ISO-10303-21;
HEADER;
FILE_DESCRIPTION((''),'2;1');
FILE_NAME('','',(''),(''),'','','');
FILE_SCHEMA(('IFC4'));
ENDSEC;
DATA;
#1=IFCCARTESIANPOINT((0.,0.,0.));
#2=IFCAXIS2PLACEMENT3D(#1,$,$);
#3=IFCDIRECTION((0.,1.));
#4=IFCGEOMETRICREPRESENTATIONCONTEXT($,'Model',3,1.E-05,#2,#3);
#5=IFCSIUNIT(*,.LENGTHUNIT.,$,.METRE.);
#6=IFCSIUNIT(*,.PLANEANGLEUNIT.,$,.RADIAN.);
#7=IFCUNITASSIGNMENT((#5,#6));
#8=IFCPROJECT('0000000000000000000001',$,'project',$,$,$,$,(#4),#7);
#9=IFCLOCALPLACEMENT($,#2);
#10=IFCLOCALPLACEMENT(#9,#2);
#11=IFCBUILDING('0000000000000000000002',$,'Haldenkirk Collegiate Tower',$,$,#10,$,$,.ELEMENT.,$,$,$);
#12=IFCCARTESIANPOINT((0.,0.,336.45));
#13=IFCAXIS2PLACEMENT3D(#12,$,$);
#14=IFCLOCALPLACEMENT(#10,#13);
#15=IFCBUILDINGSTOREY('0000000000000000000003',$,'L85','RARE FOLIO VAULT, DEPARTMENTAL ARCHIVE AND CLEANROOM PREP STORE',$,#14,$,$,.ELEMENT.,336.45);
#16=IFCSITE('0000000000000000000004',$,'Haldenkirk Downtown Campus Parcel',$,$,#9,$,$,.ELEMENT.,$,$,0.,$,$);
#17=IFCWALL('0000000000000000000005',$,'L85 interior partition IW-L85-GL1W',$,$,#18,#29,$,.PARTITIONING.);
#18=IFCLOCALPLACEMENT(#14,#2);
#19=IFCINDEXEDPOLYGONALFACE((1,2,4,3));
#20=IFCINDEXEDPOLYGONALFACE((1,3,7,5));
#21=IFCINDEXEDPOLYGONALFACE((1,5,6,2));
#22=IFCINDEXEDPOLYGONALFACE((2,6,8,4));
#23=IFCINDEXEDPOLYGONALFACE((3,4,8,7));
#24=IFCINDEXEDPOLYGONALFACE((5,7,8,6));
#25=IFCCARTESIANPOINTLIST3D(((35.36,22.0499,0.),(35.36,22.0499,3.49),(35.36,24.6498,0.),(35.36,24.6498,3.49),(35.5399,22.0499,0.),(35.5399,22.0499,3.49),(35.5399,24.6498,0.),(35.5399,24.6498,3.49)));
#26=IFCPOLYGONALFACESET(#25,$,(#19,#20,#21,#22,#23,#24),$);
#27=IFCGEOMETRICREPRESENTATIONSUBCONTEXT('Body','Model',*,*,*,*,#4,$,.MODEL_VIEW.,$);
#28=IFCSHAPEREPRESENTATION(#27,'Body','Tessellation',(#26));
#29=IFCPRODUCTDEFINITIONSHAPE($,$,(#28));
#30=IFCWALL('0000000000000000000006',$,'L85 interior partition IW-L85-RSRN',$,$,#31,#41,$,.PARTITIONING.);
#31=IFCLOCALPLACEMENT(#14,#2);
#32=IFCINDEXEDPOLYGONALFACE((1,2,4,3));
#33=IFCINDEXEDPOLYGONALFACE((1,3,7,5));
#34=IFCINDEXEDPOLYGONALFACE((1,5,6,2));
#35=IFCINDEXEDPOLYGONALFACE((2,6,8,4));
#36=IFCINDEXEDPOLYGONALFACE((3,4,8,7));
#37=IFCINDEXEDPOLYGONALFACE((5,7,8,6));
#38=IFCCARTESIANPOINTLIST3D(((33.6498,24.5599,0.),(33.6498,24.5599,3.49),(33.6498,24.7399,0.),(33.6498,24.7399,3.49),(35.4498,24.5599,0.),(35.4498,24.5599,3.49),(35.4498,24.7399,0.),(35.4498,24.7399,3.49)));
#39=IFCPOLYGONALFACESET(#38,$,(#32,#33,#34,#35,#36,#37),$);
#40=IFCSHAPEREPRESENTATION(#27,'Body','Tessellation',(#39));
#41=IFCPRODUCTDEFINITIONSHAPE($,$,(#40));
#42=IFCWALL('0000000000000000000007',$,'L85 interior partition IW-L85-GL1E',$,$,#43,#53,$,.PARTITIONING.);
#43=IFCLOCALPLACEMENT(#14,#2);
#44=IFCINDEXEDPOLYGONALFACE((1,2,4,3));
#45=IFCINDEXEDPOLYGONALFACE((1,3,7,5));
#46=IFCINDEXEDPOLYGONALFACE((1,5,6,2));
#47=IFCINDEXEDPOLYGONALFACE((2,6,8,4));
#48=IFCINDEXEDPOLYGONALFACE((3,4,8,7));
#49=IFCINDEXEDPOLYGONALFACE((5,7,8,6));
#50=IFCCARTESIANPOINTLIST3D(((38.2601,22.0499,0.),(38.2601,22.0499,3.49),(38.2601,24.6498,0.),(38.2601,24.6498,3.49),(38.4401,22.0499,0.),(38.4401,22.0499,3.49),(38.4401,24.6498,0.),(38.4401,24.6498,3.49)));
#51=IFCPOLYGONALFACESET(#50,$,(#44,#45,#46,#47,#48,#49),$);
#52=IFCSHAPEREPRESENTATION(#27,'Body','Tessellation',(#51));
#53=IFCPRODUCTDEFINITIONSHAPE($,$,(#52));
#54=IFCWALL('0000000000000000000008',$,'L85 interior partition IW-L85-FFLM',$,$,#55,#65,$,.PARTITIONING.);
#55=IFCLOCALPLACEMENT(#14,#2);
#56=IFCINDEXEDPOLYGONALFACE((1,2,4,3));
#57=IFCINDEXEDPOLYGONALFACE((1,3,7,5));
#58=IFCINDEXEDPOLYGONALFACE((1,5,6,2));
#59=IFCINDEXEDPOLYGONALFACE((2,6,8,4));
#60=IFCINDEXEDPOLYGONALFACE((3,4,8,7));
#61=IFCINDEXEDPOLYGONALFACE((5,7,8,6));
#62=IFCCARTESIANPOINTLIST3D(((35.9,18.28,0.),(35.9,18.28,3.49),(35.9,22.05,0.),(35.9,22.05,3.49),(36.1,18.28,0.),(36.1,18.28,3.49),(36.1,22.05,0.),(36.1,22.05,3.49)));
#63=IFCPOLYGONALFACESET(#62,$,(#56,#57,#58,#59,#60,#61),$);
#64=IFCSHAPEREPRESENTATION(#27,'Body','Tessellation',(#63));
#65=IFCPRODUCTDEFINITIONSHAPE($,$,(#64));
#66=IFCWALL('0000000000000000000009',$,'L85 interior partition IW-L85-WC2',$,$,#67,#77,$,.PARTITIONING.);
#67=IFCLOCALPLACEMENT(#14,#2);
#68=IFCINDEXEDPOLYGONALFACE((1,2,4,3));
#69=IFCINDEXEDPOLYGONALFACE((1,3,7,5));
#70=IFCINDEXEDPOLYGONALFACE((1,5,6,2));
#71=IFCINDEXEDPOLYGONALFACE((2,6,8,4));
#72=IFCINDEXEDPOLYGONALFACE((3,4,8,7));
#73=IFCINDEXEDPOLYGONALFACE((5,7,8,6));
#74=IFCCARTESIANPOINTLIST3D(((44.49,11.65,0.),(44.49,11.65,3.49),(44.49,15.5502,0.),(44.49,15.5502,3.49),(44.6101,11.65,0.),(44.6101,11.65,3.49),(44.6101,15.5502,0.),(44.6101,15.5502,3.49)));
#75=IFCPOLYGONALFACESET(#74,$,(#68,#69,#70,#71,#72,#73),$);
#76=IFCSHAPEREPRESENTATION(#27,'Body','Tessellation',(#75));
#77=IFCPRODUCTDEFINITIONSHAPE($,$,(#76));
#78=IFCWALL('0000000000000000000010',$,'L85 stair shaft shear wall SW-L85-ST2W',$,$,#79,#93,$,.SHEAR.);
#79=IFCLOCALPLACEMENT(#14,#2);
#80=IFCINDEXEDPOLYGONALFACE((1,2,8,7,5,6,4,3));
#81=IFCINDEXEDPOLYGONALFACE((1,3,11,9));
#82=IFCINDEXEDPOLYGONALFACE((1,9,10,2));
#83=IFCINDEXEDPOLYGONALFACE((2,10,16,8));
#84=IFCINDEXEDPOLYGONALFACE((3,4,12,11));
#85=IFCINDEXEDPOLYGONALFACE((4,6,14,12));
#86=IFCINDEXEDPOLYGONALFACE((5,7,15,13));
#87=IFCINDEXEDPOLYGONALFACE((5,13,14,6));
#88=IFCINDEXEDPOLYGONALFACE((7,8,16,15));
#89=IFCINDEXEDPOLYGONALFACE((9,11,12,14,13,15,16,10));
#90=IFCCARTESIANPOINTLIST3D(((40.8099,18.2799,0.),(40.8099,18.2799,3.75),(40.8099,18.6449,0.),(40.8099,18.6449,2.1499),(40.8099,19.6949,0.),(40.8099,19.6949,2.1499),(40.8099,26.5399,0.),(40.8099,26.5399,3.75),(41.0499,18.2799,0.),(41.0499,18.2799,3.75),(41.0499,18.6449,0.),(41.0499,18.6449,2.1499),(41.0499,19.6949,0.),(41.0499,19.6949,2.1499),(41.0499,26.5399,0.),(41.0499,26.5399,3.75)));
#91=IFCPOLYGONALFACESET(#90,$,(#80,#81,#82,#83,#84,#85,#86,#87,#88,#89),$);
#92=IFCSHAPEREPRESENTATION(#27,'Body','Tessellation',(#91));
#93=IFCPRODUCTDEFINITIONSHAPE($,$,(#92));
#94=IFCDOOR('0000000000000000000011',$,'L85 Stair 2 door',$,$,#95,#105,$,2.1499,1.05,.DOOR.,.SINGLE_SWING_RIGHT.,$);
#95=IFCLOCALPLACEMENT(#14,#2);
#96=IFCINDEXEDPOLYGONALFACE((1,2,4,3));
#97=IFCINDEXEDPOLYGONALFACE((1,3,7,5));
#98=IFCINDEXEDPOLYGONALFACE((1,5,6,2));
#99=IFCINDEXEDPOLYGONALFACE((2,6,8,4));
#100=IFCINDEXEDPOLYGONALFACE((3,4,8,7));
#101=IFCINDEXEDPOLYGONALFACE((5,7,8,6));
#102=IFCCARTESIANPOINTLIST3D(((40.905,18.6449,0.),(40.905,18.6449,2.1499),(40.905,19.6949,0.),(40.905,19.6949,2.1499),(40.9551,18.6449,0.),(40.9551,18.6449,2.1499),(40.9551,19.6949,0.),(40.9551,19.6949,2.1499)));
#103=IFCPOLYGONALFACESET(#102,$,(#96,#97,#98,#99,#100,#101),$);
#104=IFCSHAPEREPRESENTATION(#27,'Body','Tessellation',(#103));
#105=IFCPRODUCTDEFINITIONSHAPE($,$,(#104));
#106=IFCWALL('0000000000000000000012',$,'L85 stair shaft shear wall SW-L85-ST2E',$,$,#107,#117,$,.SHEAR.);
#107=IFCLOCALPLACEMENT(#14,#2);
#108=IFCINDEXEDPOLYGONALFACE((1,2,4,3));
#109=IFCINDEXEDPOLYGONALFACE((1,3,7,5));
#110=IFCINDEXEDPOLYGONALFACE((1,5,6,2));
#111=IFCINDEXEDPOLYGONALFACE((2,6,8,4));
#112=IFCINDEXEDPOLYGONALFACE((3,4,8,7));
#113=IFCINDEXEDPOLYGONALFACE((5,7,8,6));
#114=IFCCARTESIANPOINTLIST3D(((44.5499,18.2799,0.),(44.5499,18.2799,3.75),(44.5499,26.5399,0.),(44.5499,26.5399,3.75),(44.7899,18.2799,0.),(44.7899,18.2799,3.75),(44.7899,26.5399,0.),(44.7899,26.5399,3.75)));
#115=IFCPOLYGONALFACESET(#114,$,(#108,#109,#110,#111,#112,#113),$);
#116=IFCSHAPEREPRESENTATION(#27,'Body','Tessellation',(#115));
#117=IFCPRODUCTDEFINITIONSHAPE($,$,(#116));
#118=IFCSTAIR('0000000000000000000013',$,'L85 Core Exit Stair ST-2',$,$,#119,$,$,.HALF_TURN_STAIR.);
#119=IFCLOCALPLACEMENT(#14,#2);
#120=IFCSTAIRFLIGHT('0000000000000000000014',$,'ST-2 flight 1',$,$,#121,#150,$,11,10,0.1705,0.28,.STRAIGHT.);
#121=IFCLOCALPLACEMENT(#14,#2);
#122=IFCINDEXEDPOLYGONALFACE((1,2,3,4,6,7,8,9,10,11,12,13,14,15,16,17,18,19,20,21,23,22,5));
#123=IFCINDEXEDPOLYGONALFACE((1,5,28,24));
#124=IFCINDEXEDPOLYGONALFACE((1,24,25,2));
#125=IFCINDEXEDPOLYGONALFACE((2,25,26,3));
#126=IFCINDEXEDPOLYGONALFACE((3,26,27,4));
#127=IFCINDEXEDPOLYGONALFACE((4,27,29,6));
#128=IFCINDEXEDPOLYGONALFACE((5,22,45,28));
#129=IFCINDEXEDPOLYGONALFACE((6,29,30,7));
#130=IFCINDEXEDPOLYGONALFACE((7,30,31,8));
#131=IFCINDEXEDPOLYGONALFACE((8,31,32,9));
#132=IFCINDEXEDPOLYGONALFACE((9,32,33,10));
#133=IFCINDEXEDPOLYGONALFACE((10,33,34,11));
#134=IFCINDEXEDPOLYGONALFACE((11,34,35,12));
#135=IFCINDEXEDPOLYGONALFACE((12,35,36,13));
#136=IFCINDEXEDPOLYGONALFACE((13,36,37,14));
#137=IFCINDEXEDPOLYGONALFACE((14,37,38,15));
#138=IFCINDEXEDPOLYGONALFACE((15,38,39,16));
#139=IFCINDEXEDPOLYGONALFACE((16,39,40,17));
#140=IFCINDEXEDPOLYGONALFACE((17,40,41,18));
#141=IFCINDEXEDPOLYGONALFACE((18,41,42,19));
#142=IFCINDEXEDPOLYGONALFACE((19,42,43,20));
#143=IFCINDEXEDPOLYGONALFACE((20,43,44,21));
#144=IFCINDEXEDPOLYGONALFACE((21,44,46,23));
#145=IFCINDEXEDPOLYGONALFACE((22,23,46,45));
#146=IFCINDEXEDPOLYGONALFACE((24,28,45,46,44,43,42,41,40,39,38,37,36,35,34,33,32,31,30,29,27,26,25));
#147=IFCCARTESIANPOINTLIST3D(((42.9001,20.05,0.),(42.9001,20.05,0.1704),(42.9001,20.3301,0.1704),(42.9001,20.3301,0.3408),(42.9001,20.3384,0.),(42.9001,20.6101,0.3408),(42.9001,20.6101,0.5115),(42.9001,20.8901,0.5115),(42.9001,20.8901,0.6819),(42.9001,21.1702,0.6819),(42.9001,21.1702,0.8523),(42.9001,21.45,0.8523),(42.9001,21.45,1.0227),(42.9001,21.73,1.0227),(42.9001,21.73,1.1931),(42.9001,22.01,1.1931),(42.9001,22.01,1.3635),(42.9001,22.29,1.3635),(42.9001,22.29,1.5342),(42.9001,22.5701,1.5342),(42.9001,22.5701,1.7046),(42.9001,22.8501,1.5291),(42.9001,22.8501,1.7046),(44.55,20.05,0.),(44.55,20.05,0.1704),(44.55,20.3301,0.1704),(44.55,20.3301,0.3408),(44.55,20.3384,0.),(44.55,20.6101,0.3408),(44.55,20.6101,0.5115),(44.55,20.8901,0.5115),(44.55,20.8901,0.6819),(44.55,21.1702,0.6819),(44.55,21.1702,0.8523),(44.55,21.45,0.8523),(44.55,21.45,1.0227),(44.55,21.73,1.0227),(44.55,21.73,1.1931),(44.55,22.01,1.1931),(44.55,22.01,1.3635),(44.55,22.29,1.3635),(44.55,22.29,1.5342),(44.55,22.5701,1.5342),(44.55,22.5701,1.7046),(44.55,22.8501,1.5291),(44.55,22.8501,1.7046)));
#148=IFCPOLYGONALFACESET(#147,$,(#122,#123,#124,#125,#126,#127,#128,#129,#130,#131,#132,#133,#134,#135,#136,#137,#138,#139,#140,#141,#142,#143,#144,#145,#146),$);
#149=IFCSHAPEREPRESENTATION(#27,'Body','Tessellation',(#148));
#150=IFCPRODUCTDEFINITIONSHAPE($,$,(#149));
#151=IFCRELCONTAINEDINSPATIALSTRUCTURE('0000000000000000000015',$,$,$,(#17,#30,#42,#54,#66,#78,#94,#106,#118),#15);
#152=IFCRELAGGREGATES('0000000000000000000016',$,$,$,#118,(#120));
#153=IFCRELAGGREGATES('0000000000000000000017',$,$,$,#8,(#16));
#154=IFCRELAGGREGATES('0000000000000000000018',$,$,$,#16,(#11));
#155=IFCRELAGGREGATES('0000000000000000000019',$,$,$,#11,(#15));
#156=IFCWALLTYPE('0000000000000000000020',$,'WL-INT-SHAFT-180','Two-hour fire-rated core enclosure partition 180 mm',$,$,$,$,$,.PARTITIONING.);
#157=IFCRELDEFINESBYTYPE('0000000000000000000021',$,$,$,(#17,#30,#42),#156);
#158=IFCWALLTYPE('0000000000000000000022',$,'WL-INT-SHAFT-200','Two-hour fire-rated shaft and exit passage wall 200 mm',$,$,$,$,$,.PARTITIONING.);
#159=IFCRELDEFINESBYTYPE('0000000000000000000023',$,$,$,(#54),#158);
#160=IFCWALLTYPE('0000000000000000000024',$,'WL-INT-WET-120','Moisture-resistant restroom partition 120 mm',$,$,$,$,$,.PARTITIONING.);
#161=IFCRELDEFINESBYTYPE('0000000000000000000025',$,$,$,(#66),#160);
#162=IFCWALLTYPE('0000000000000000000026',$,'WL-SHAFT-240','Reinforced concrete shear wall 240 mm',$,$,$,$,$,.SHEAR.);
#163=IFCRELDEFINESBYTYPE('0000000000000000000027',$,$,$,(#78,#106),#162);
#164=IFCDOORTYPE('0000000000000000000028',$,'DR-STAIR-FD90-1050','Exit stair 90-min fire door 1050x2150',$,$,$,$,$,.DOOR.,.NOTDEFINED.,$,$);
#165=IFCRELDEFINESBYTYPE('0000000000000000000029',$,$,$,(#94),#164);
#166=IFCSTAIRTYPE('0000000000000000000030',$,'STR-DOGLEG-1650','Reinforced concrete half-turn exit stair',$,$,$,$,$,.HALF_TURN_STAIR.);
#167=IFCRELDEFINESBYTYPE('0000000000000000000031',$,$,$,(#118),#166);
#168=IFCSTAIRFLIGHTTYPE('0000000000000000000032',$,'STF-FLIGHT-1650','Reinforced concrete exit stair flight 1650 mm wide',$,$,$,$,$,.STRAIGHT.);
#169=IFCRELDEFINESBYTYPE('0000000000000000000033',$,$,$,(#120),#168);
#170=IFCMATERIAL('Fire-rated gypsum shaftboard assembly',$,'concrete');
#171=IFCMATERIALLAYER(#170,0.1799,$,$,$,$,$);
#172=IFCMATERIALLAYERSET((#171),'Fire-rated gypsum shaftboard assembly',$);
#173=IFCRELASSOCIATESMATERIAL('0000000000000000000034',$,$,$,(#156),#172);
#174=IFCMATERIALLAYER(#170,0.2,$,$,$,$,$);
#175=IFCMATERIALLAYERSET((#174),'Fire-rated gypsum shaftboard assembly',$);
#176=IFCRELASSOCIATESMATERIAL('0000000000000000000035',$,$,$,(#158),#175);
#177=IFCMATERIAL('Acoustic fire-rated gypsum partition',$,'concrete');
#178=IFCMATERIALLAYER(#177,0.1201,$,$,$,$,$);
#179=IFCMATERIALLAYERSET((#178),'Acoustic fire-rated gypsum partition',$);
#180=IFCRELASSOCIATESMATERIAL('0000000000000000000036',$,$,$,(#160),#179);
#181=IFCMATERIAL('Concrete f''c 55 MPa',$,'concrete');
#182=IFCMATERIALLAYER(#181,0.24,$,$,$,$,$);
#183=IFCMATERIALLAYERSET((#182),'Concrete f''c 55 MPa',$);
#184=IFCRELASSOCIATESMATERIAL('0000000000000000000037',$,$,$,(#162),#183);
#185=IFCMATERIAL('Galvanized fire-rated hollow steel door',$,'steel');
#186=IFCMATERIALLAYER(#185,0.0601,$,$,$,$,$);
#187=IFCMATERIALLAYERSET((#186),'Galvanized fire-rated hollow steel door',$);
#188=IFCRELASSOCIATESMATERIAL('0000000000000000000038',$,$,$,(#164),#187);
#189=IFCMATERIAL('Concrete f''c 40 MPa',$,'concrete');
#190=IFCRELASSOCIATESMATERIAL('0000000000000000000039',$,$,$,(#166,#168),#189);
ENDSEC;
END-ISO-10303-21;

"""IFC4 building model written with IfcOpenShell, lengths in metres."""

from ifc_helpers import new_model, si_unit, direction, frame, frame_2d, origin, place, context, subcontext, project, spatial, polyline, rectangle, outline, extrude, material, layer, layer_set, type_object, element, fill, aggregate, save


model = new_model("IFC4")

# Units and contexts
model_context = context("Model", 3, precision=1e-05, world=origin(), true_north=direction((0.0, 1.0)))
body_context = subcontext(model_context, "Body", "Model", "MODEL_VIEW")
ifc_project = project(units=[si_unit("LENGTHUNIT", "METRE"), si_unit("PLANEANGLEUNIT", "RADIAN")], contexts=[model_context])

# Site, building, storey
site_placement = place(None, origin())
site = spatial("IfcSite", under=ifc_project, at=site_placement, Name="Haldenkirk Downtown Campus Parcel", CompositionType="ELEMENT", RefElevation=0.0)
building_placement = place(site_placement, origin())
building = spatial("IfcBuilding", under=site, at=building_placement, Name="Haldenkirk Collegiate Tower", CompositionType="ELEMENT")
storey_placement = place(building_placement, frame((0.0, 0.0, 336.45)))
storey = spatial("IfcBuildingStorey", under=building, at=storey_placement, Name="L85", Description="RARE FOLIO VAULT, DEPARTMENTAL ARCHIVE AND CLEANROOM PREP STORE", CompositionType="ELEMENT", Elevation=336.45)

# Shared definitions
ifc_material_1 = material(Name="Acoustic fire-rated gypsum partition", Category="concrete")

# Walls
ifc_material_2 = material(Name="Fire-rated gypsum shaftboard assembly", Category="concrete")
ifc_layer_1 = layer(ifc_material_2, 0.1799)
ifc_layer_set_1 = layer_set([ifc_layer_1], Name="Fire-rated gypsum shaftboard assembly")
wall_type_1 = type_object("IfcWallType", Name="WL-INT-SHAFT-180", Description="Two-hour fire-rated core enclosure partition 180 mm", PredefinedType="PARTITIONING", material=ifc_layer_set_1)
wall_1_placement = place(storey_placement, frame((35.45, 22.05, 0.0), z_axis=(0.0, 0.0, 1.0), x_axis=(0.0, 1.0, 0.0)))
element("IfcWall", 1, at=wall_1_placement, inside=storey, type_object=wall_type_1, Name="L85 interior partition IW-L85-GL1W", PredefinedType="PARTITIONING", context=body_context, shape_type="SweptSolid", body=[
    extrude(rectangle(XDim=2.5999, YDim=0.1799, at=frame_2d((1.2998, 0.0))), origin(), (0.0, 0.0, 1.0), 3.49),
])
wall_2_placement = place(storey_placement, frame((33.6499, 24.6499, 0.0), z_axis=(0.0, 0.0, 1.0), x_axis=(1.0, 0.0, 0.0)))
element("IfcWall", 2, at=wall_2_placement, inside=storey, type_object=wall_type_1, Name="L85 interior partition IW-L85-RSRN", PredefinedType="PARTITIONING", context=body_context, shape_type="SweptSolid", body=[
    extrude(rectangle(XDim=1.8, YDim=0.1799, at=frame_2d((0.8999, 0.0))), origin(), (0.0, 0.0, 1.0), 3.49),
])
wall_3_placement = place(storey_placement, frame((38.3501, 22.05, 0.0), z_axis=(0.0, 0.0, 1.0), x_axis=(0.0, 1.0, 0.0)))
element("IfcWall", 3, at=wall_3_placement, inside=storey, type_object=wall_type_1, Name="L85 interior partition IW-L85-GL1E", PredefinedType="PARTITIONING", context=body_context, shape_type="SweptSolid", body=[
    extrude(rectangle(XDim=2.5999, YDim=0.1799, at=frame_2d((1.2998, 0.0))), origin(), (0.0, 0.0, 1.0), 3.49),
])
ifc_layer_2 = layer(ifc_material_2, 0.2)
ifc_layer_set_2 = layer_set([ifc_layer_2], Name="Fire-rated gypsum shaftboard assembly")
wall_type_2 = type_object("IfcWallType", Name="WL-INT-SHAFT-200", Description="Two-hour fire-rated shaft and exit passage wall 200 mm", PredefinedType="PARTITIONING", material=ifc_layer_set_2)
wall_4_placement = place(storey_placement, frame((36.0, 18.28, 0.0), z_axis=(0.0, 0.0, 1.0), x_axis=(0.0, 1.0, 0.0)))
element("IfcWall", 4, at=wall_4_placement, inside=storey, type_object=wall_type_2, Name="L85 interior partition IW-L85-FFLM", PredefinedType="PARTITIONING", context=body_context, shape_type="SweptSolid", body=[
    extrude(rectangle(XDim=3.77, YDim=0.2, at=frame_2d((1.885, 0.0))), origin(), (0.0, 0.0, 1.0), 3.49),
])

# Wall
ifc_layer_3 = layer(ifc_material_1, 0.1201)
ifc_layer_set_3 = layer_set([ifc_layer_3], Name="Acoustic fire-rated gypsum partition")
wall_type_3 = type_object("IfcWallType", Name="WL-INT-WET-120", Description="Moisture-resistant restroom partition 120 mm", PredefinedType="PARTITIONING", material=ifc_layer_set_3)
wall_5_placement = place(storey_placement, frame((44.55, 11.6499, 0.0), z_axis=(0.0, 0.0, 1.0), x_axis=(0.0, 1.0, 0.0)))
element("IfcWall", 5, at=wall_5_placement, inside=storey, type_object=wall_type_3, Name="L85 interior partition IW-L85-WC2", PredefinedType="PARTITIONING", context=body_context, shape_type="SweptSolid", body=[
    extrude(rectangle(XDim=3.9001, YDim=0.1201, at=frame_2d((1.9502, 0.0))), origin(), (0.0, 0.0, 1.0), 3.49),
])

# Wall, opening, door
ifc_material_3 = material(Name="Concrete f'c 55 MPa", Category="concrete")
ifc_layer_4 = layer(ifc_material_3, 0.24)
ifc_layer_set_4 = layer_set([ifc_layer_4], Name="Concrete f'c 55 MPa")
wall_type_4 = type_object("IfcWallType", Name="WL-SHAFT-240", Description="Reinforced concrete shear wall 240 mm", PredefinedType="SHEAR", material=ifc_layer_set_4)
wall_6_placement = place(storey_placement, frame((40.9299, 18.28, 0.0), z_axis=(0.0, 0.0, 1.0), x_axis=(0.0, 1.0, 0.0)))
wall_6 = element("IfcWall", 6, at=wall_6_placement, inside=storey, type_object=wall_type_4, Name="L85 stair shaft shear wall SW-L85-ST2W", PredefinedType="SHEAR", context=body_context, shape_type="SweptSolid", body=[
    extrude(rectangle(XDim=8.26, YDim=0.24, at=frame_2d((4.1299, 0.0))), origin(), (0.0, 0.0, 1.0), 3.75),
])
opening_1_placement = place(wall_6_placement, frame((0.365, 0.0, 0.0)))
opening_1 = element("IfcOpeningElement", 7, at=opening_1_placement, cuts=wall_6, PredefinedType="OPENING", context=body_context, shape_type="SweptSolid", body=[
    extrude(rectangle(XDim=1.05, YDim=2.1499, at=frame_2d((0.5249, 1.075))), frame((0.0, 0.1299, 0.0), z_axis=(0.0, -1.0, 0.0), x_axis=(1.0, 0.0, 0.0)), (0.0, 0.0, 1.0), 0.26),
])
ifc_material_4 = material(Name="Galvanized fire-rated hollow steel door", Category="steel")
ifc_layer_5 = layer(ifc_material_4, 0.0601)
ifc_layer_set_5 = layer_set([ifc_layer_5], Name="Galvanized fire-rated hollow steel door")
door_type_1 = type_object("IfcDoorType", Name="DR-STAIR-FD90-1050", Description="Exit stair 90-min fire door 1050x2150", OperationType="NOTDEFINED", PredefinedType="DOOR", material=ifc_layer_set_5)
door_1_placement = place(opening_1_placement, origin())
door_1 = element("IfcDoor", 8, at=door_1_placement, inside=storey, type_object=door_type_1, Name="L85 Stair 2 door", OperationType="SINGLE_SWING_RIGHT", OverallHeight=2.1499, OverallWidth=1.05, PredefinedType="DOOR", context=body_context, shape_type="SweptSolid", body=[
    extrude(rectangle(XDim=1.05, YDim=2.1499, at=frame_2d((0.5249, 1.075))), frame((0.0, 0.0249, 0.0), z_axis=(0.0, -1.0, 0.0), x_axis=(1.0, 0.0, 0.0)), (0.0, 0.0, 1.0), 0.05),
])
fill(opening_1, door_1)

# Wall
wall_7_placement = place(storey_placement, frame((44.6699, 18.28, 0.0), z_axis=(0.0, 0.0, 1.0), x_axis=(0.0, 1.0, 0.0)))
element("IfcWall", 9, at=wall_7_placement, inside=storey, type_object=wall_type_4, Name="L85 stair shaft shear wall SW-L85-ST2E", PredefinedType="SHEAR", context=body_context, shape_type="SweptSolid", body=[
    extrude(rectangle(XDim=8.26, YDim=0.24, at=frame_2d((4.1299, 0.0))), origin(), (0.0, 0.0, 1.0), 3.75),
])

# Stair, stair flight
ifc_material_5 = material(Name="Concrete f'c 40 MPa", Category="concrete")
stair_type = type_object("IfcStairType", Name="STR-DOGLEG-1650", Description="Reinforced concrete half-turn exit stair", PredefinedType="HALF_TURN_STAIR", material=ifc_material_5)
stair_placement = place(storey_placement, origin())
stair = element("IfcStair", 10, at=stair_placement, inside=storey, type_object=stair_type, Name="L85 Core Exit Stair ST-2", PredefinedType="HALF_TURN_STAIR")
stair_flight_type = type_object("IfcStairFlightType", Name="STF-FLIGHT-1650", Description="Reinforced concrete exit stair flight 1650 mm wide", PredefinedType="STRAIGHT", material=ifc_material_5)
stair_flight_1_placement = place(storey_placement, frame((43.7251, 20.05, 0.0), z_axis=(0.0, 0.0, 1.0), x_axis=(0.0, 1.0, 0.0)))
stair_flight_1 = element("IfcStairFlight", 11, at=stair_flight_1_placement, type_object=stair_flight_type, Name="ST-2 flight 1", NumberOfRisers=11, NumberOfTreads=10, PredefinedType="STRAIGHT", RiserHeight=0.1705, TreadLength=0.28, context=body_context, shape_type="SweptSolid", body=[
    extrude(outline(polyline([(0.0, 0.0), (0.0, 0.1704), (0.28, 0.1704), (0.28, 0.3408), (0.5601, 0.3408), (0.5601, 0.5115), (0.8401, 0.5115), (0.8401, 0.6819), (1.1201, 0.6819), (1.1201, 0.8523), (1.3999, 0.8523), (1.3999, 1.0227), (1.6799, 1.0227), (1.6799, 1.1931), (1.96, 1.1931), (1.96, 1.3635), (2.24, 1.3635), (2.24, 1.5342), (2.52, 1.5342), (2.52, 1.7046), (2.8, 1.7046), (2.8, 1.875), (2.8, 1.5291), (0.2883, 0.0), (0.0, 0.0)])), frame((0.0, 0.825, 0.0), z_axis=(0.0, -1.0, 0.0), x_axis=(1.0, 0.0, 0.0)), (0.0, 0.0, 1.0), 1.6499),
])
aggregate(stair, [stair_flight_1])

save(model, "model.ifc")
